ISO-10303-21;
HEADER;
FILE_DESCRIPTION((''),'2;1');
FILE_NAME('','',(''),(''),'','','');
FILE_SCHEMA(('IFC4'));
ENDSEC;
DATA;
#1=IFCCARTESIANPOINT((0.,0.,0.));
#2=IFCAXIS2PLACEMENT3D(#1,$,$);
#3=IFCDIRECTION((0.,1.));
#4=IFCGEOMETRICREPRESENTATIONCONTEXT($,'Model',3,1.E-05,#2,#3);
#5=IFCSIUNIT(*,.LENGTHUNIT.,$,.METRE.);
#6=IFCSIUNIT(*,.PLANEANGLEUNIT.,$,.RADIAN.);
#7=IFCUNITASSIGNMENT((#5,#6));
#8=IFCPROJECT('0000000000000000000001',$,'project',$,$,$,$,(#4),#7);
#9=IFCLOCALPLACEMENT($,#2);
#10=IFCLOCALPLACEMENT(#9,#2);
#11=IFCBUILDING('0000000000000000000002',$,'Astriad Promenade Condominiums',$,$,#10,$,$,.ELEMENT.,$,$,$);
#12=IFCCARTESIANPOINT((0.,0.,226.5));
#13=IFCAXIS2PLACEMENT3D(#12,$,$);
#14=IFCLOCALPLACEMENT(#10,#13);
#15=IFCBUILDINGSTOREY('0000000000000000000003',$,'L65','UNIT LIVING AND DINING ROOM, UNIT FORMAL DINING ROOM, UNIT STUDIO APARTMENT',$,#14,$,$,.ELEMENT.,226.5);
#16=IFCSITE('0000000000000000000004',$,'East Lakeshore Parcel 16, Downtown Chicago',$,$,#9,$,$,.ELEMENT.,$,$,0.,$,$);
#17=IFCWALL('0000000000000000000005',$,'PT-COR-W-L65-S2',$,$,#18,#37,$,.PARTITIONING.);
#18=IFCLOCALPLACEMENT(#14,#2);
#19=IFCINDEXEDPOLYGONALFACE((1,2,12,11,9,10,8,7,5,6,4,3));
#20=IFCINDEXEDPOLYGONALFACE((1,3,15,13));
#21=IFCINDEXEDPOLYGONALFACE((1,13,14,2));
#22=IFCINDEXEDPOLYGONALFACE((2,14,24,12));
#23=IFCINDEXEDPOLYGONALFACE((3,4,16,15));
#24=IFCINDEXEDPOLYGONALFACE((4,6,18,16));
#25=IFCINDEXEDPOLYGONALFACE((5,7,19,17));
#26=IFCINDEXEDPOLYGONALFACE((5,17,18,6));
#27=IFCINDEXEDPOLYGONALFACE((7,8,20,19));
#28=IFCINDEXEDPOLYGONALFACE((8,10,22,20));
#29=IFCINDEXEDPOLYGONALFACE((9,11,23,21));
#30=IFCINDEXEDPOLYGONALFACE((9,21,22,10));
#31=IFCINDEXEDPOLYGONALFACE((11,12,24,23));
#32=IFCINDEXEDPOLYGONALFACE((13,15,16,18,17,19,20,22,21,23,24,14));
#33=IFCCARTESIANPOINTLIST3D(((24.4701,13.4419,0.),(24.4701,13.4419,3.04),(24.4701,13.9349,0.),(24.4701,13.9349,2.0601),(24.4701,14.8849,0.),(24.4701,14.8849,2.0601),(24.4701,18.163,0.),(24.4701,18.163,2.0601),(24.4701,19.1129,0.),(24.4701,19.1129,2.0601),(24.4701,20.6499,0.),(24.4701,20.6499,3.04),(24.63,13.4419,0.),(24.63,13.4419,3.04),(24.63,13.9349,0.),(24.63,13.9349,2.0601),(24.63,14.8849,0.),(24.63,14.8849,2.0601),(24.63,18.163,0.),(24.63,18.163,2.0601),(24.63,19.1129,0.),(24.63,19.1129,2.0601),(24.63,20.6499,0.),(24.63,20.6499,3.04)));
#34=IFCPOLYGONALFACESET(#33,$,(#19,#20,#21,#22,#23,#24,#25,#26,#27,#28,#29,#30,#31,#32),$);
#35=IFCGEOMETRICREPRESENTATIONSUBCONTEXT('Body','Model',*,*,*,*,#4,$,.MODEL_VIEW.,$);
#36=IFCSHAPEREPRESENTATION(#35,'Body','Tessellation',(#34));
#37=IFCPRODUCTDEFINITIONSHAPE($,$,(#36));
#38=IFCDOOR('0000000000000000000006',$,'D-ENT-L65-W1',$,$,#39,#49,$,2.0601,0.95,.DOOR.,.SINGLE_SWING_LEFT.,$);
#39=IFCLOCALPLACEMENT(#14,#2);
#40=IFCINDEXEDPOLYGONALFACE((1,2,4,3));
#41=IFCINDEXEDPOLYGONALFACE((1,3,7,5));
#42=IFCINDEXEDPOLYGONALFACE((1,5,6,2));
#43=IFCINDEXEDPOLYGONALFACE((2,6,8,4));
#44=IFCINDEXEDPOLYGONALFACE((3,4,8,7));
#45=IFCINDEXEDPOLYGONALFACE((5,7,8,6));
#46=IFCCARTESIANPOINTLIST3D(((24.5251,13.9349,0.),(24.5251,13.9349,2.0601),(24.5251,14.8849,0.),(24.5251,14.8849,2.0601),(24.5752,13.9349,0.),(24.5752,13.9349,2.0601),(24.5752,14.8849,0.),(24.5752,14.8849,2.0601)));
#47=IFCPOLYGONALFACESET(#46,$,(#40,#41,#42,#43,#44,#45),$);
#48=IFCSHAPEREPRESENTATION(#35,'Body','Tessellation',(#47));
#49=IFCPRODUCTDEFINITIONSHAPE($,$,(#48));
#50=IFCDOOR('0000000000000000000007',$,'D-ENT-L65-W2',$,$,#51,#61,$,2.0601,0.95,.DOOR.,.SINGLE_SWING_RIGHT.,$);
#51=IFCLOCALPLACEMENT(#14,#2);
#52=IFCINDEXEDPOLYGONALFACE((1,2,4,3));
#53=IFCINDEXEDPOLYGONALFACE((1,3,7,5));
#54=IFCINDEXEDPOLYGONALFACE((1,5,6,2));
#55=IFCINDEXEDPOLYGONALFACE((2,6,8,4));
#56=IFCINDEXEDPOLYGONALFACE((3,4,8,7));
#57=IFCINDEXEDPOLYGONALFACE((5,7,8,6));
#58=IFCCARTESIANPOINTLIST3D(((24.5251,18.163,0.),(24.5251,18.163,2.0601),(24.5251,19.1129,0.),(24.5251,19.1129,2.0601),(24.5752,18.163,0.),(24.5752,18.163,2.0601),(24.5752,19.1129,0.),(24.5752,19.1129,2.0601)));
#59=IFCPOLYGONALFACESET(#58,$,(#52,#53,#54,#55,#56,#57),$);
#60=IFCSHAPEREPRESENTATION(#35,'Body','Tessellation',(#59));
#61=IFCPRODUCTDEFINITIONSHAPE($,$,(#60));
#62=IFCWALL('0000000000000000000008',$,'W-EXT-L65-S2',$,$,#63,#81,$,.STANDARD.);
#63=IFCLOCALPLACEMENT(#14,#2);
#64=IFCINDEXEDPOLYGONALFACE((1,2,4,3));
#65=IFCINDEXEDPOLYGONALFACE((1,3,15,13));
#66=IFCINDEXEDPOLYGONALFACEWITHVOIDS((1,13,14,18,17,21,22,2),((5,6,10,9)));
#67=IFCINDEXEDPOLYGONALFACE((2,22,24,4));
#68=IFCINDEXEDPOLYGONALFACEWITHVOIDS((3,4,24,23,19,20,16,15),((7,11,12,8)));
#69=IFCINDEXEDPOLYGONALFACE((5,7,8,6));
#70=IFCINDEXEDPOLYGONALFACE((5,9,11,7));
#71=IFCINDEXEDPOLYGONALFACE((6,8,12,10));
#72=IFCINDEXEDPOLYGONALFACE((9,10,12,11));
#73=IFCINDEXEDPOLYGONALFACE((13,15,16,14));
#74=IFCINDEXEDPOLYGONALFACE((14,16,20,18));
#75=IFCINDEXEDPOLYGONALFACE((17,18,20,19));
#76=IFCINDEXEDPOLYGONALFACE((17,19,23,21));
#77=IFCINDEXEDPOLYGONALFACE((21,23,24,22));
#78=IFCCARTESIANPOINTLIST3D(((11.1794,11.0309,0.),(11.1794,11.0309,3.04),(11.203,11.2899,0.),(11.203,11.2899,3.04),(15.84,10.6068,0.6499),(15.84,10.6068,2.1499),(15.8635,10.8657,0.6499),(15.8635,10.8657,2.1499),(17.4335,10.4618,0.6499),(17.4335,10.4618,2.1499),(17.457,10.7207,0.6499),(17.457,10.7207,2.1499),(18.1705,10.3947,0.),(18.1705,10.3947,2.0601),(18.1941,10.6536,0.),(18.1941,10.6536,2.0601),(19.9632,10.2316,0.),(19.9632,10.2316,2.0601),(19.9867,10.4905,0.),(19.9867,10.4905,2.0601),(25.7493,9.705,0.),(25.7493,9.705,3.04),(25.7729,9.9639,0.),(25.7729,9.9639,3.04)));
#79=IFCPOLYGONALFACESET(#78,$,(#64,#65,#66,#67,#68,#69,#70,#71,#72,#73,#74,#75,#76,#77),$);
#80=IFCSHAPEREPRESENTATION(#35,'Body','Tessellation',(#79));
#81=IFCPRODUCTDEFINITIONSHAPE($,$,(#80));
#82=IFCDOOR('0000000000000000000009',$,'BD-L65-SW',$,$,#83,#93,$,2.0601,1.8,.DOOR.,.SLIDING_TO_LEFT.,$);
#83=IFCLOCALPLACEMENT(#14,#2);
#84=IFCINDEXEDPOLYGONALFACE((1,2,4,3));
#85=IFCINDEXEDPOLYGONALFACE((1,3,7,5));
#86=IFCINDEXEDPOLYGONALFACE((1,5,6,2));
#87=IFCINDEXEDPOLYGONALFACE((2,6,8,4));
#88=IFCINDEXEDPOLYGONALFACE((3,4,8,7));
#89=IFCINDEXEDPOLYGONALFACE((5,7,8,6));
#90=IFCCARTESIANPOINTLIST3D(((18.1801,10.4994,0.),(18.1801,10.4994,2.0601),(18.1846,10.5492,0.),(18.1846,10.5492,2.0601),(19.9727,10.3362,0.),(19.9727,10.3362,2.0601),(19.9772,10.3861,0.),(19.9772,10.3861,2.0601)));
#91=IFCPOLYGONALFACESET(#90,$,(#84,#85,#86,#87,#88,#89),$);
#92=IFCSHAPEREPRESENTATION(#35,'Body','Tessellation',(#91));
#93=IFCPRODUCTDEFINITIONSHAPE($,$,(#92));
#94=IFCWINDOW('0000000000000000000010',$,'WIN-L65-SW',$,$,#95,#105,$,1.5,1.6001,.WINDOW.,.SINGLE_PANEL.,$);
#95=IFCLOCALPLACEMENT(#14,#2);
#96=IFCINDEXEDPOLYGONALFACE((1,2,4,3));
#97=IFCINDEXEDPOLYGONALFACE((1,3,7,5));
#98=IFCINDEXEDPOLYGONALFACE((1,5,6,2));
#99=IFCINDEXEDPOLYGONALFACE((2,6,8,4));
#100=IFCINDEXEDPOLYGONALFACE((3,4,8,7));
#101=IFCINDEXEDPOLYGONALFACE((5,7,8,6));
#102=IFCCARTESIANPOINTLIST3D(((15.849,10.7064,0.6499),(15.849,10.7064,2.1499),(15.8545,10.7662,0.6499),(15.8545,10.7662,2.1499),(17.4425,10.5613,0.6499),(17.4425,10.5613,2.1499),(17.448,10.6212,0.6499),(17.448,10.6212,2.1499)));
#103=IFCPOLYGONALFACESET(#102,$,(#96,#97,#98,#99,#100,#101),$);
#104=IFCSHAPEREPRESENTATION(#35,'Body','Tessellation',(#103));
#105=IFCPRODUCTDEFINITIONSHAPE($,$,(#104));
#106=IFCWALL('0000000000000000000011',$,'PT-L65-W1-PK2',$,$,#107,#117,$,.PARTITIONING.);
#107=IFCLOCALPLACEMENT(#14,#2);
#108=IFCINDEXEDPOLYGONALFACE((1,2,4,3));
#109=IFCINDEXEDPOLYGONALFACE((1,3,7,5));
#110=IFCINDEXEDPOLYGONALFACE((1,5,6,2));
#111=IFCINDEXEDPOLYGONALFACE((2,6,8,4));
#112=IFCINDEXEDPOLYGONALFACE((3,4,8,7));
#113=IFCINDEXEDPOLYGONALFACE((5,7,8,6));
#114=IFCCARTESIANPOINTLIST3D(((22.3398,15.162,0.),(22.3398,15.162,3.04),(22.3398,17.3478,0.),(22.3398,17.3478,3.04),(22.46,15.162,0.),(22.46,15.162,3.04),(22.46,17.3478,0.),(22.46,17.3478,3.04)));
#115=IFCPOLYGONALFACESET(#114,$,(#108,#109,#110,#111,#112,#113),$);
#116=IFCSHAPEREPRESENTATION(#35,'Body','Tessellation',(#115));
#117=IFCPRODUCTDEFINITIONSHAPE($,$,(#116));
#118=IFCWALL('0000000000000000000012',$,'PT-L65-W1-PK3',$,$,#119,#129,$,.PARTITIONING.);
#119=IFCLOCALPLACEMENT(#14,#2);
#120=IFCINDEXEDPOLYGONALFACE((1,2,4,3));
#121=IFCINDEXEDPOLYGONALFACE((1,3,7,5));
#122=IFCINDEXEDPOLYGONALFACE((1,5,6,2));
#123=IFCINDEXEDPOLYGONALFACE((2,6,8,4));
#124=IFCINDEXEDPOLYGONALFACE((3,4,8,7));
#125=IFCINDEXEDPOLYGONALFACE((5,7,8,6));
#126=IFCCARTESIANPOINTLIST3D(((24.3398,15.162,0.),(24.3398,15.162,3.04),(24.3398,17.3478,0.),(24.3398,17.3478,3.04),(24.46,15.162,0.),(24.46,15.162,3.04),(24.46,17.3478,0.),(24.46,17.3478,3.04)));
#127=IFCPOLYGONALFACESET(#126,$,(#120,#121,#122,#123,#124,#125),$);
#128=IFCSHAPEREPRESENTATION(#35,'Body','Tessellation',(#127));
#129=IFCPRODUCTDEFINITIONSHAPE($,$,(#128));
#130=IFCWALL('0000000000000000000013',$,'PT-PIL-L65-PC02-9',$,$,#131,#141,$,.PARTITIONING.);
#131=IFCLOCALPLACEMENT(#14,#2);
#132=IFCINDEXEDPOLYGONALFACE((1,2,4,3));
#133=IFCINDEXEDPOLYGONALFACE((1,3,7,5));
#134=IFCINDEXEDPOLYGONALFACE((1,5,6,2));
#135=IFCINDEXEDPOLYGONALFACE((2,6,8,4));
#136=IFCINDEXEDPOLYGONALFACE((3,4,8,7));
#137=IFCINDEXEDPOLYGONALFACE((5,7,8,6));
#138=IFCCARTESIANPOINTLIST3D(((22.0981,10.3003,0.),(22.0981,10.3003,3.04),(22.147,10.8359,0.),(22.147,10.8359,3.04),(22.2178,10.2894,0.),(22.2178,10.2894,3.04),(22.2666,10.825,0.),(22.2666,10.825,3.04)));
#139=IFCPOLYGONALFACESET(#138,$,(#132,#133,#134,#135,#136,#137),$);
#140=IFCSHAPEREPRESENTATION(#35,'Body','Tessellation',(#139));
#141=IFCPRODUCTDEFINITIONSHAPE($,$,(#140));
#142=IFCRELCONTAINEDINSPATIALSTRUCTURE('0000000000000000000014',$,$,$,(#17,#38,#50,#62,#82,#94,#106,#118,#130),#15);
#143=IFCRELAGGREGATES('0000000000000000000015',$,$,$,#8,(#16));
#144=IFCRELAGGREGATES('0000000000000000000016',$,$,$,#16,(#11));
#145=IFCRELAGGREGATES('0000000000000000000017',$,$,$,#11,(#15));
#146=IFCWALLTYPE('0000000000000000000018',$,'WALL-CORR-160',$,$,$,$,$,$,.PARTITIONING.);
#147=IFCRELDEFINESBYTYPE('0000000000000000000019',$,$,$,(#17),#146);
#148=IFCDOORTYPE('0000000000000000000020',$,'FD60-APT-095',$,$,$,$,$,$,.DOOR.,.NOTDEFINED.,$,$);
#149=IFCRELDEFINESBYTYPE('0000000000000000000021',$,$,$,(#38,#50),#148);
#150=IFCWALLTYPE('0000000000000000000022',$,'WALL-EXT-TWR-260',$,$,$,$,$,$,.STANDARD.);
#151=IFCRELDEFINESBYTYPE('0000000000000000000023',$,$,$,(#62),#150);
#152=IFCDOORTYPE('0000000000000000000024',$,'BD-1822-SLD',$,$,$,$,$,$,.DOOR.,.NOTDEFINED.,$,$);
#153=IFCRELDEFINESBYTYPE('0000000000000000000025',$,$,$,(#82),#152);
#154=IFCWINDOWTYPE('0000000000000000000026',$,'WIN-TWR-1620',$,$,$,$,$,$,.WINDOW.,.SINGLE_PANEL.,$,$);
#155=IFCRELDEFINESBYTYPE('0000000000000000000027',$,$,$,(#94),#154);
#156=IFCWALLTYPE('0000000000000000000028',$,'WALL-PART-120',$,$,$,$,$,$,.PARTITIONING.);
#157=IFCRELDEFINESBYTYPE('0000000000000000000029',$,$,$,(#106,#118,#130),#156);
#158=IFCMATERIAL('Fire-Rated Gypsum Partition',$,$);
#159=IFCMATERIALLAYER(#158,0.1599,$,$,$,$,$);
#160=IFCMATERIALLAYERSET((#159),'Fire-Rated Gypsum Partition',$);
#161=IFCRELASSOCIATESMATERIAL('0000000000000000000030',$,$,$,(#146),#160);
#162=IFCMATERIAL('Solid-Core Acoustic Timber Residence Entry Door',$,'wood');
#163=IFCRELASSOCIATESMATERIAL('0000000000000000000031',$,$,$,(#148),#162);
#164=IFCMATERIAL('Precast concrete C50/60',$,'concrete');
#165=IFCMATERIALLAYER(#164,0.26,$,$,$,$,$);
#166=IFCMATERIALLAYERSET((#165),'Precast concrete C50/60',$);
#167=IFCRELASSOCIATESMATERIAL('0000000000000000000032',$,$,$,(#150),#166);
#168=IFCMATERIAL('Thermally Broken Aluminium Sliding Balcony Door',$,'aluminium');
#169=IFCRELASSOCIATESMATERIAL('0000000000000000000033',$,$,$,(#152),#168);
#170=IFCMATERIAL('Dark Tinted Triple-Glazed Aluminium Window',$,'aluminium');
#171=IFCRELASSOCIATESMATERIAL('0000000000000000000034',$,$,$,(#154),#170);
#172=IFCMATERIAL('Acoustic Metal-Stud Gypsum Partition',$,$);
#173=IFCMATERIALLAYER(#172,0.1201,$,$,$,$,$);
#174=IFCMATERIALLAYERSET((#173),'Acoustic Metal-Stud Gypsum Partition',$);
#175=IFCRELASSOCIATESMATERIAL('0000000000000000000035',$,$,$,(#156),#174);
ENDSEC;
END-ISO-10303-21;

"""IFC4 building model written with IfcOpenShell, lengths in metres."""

from ifc_helpers import new_model, si_unit, direction, frame, frame_2d, origin, place, context, subcontext, project, spatial, rectangle, extrude, source, transform, mapped, material, layer, layer_set, type_object, type_shapes, element, fill, save


model = new_model("IFC4")

# Units and contexts
model_context = context("Model", 3, precision=1e-05, world=origin(), true_north=direction((0.0, 1.0)))
body_context = subcontext(model_context, "Body", "Model", "MODEL_VIEW")
ifc_project = project(units=[si_unit("LENGTHUNIT", "METRE"), si_unit("PLANEANGLEUNIT", "RADIAN")], contexts=[model_context])

# Site, building, storey
site_placement = place(None, origin())
site = spatial("IfcSite", under=ifc_project, at=site_placement, Name="East Lakeshore Parcel 16, Downtown Chicago", CompositionType="ELEMENT", RefElevation=0.0)
building_placement = place(site_placement, origin())
building = spatial("IfcBuilding", under=site, at=building_placement, Name="Astriad Promenade Condominiums", CompositionType="ELEMENT")
storey_placement = place(building_placement, frame((0.0, 0.0, 226.5)))
storey = spatial("IfcBuildingStorey", under=building, at=storey_placement, Name="L65", Description="UNIT LIVING AND DINING ROOM, UNIT FORMAL DINING ROOM, UNIT STUDIO APARTMENT", CompositionType="ELEMENT", Elevation=226.5)

# Shared definitions
ifc_material_1 = material(Name="Fire-Rated Gypsum Partition")
ifc_layer_1 = layer(ifc_material_1, 0.1599)
ifc_layer_set_1 = layer_set([ifc_layer_1], Name="Fire-Rated Gypsum Partition")
wall_type_1 = type_object("IfcWallType", Name="WALL-CORR-160", PredefinedType="PARTITIONING", material=ifc_layer_set_1)
ifc_material_2 = material(Name="Solid-Core Acoustic Timber Residence Entry Door", Category="wood")
door_type_1 = type_object("IfcDoorType", Name="FD60-APT-095", OperationType="NOTDEFINED", PredefinedType="DOOR", material=ifc_material_2)
shared_shape_1 = source(origin(), body_context, "Body", "SweptSolid", [
    extrude(rectangle(XDim=0.95, YDim=2.0601, at=frame_2d((0.4751, 1.03))), frame((0.0, 0.0249, 0.0), z_axis=(0.0, -1.0, 0.0), x_axis=(1.0, 0.0, 0.0)), (0.0, 0.0, 1.0), 0.05),
])
type_shapes(door_type_1, [shared_shape_1])

# Wall, openings, doors
wall_1_placement = place(storey_placement, frame((24.55, 13.4419, 0.0), z_axis=(0.0, 0.0, 1.0), x_axis=(0.0, 1.0, 0.0)))
wall_1 = element("IfcWall", 1, at=wall_1_placement, inside=storey, type_object=wall_type_1, Name="PT-COR-W-L65-S2", PredefinedType="PARTITIONING", context=body_context, shape_type="SweptSolid", body=[
    extrude(rectangle(XDim=7.208, YDim=0.1599, at=frame_2d((3.604, 0.0))), origin(), (0.0, 0.0, 1.0), 3.04),
])
opening_1_placement = place(wall_1_placement, frame((0.4929, 0.0, 0.0)))
opening_1 = element("IfcOpeningElement", 2, at=opening_1_placement, cuts=wall_1, PredefinedType="OPENING", context=body_context, shape_type="SweptSolid", body=[
    extrude(rectangle(XDim=0.95, YDim=2.0601, at=frame_2d((0.4751, 1.03))), frame((0.0, 0.0898, 0.0), z_axis=(0.0, -1.0, 0.0), x_axis=(1.0, 0.0, 0.0)), (0.0, 0.0, 1.0), 0.1799),
])
opening_2_placement = place(wall_1_placement, frame((4.7209, 0.0, 0.0)))
opening_2 = element("IfcOpeningElement", 3, at=opening_2_placement, cuts=wall_1, PredefinedType="OPENING", context=body_context, shape_type="SweptSolid", body=[
    extrude(rectangle(XDim=0.95, YDim=2.0601, at=frame_2d((0.4751, 1.03))), frame((0.0, 0.0898, 0.0), z_axis=(0.0, -1.0, 0.0), x_axis=(1.0, 0.0, 0.0)), (0.0, 0.0, 1.0), 0.1799),
])
door_1_placement = place(opening_1_placement, origin())
door_1 = element("IfcDoor", 4, at=door_1_placement, inside=storey, type_object=door_type_1, Name="D-ENT-L65-W1", OperationType="SINGLE_SWING_LEFT", OverallHeight=2.0601, OverallWidth=0.95, PredefinedType="DOOR", context=body_context, shape_type="MappedRepresentation", body=[
    mapped(shared_shape_1, transform((0.0, 0.0, 0.0), scale=1.0)),
])
fill(opening_1, door_1)
door_2_placement = place(opening_2_placement, origin())
door_2 = element("IfcDoor", 5, at=door_2_placement, inside=storey, type_object=door_type_1, Name="D-ENT-L65-W2", OperationType="SINGLE_SWING_RIGHT", OverallHeight=2.0601, OverallWidth=0.95, PredefinedType="DOOR", context=body_context, shape_type="MappedRepresentation", body=[
    mapped(shared_shape_1, transform((0.0, 0.0, 0.0), scale=1.0)),
])
fill(opening_2, door_2)

# Wall, openings, door, window
ifc_material_3 = material(Name="Precast concrete C50/60", Category="concrete")
ifc_layer_2 = layer(ifc_material_3, 0.26)
ifc_layer_set_2 = layer_set([ifc_layer_2], Name="Precast concrete C50/60")
wall_type_2 = type_object("IfcWallType", Name="WALL-EXT-TWR-260", PredefinedType="STANDARD", material=ifc_layer_set_2)
wall_2_placement = place(storey_placement, frame((25.761, 9.8345, 0.0), z_axis=(0.0, 0.0, 1.0), x_axis=(-0.995885, 0.090631, 0.0)))
wall_2 = element("IfcWall", 6, at=wall_2_placement, inside=storey, type_object=wall_type_2, Name="W-EXT-L65-S2", PredefinedType="STANDARD", context=body_context, shape_type="SweptSolid", body=[
    extrude(rectangle(XDim=14.6301, YDim=0.26, at=frame_2d((7.3149, 0.0))), origin(), (0.0, 0.0, 1.0), 3.04),
])
opening_3_placement = place(wall_2_placement, frame((5.8101, 0.0, 0.0)))
opening_3 = element("IfcOpeningElement", 7, at=opening_3_placement, cuts=wall_2, PredefinedType="OPENING", context=body_context, shape_type="SweptSolid", body=[
    extrude(rectangle(XDim=1.8, YDim=2.0601, at=frame_2d((0.8999, 1.03))), frame((0.0, 0.1399, 0.0), z_axis=(0.0, -1.0, 0.0), x_axis=(1.0, 0.0, 0.0)), (0.0, 0.0, 1.0), 0.28),
])
opening_4_placement = place(wall_2_placement, frame((8.3501, 0.0, 0.6499)))
opening_4 = element("IfcOpeningElement", 8, at=opening_4_placement, cuts=wall_2, PredefinedType="OPENING", context=body_context, shape_type="SweptSolid", body=[
    extrude(rectangle(XDim=1.6001, YDim=1.5, at=frame_2d((0.8, 0.75))), frame((0.0, 0.1399, 0.0), z_axis=(0.0, -1.0, 0.0), x_axis=(1.0, 0.0, 0.0)), (0.0, 0.0, 1.0), 0.28),
])
ifc_material_4 = material(Name="Thermally Broken Aluminium Sliding Balcony Door", Category="aluminium")
door_type_2 = type_object("IfcDoorType", Name="BD-1822-SLD", OperationType="NOTDEFINED", PredefinedType="DOOR", material=ifc_material_4)
shared_shape_2 = source(origin(), body_context, "Body", "SweptSolid", [
    extrude(rectangle(XDim=1.8, YDim=2.0601, at=frame_2d((0.8999, 1.03))), frame((0.0, 0.0249, 0.0), z_axis=(0.0, -1.0, 0.0), x_axis=(1.0, 0.0, 0.0)), (0.0, 0.0, 1.0), 0.05),
])
type_shapes(door_type_2, [shared_shape_2])
door_3_placement = place(opening_3_placement, origin())
door_3 = element("IfcDoor", 9, at=door_3_placement, inside=storey, type_object=door_type_2, Name="BD-L65-SW", OperationType="SLIDING_TO_LEFT", OverallHeight=2.0601, OverallWidth=1.8, PredefinedType="DOOR", context=body_context, shape_type="MappedRepresentation", body=[
    mapped(shared_shape_2, transform((0.0, 0.0, 0.0), scale=1.0)),
])
fill(opening_3, door_3)
ifc_material_5 = material(Name="Dark Tinted Triple-Glazed Aluminium Window", Category="aluminium")
window_type = type_object("IfcWindowType", Name="WIN-TWR-1620", PartitioningType="SINGLE_PANEL", PredefinedType="WINDOW", material=ifc_material_5)
shared_shape_3 = source(origin(), body_context, "Body", "SweptSolid", [
    extrude(rectangle(XDim=1.6001, YDim=1.5, at=frame_2d((0.8, 0.75))), frame((0.0, 0.03, 0.0), z_axis=(0.0, -1.0, 0.0), x_axis=(1.0, 0.0, 0.0)), (0.0, 0.0, 1.0), 0.0601),
])
type_shapes(window_type, [shared_shape_3])
window_placement = place(opening_4_placement, origin())
window = element("IfcWindow", 10, at=window_placement, inside=storey, type_object=window_type, Name="WIN-L65-SW", OverallHeight=1.5, OverallWidth=1.6001, PartitioningType="SINGLE_PANEL", PredefinedType="WINDOW", context=body_context, shape_type="MappedRepresentation", body=[
    mapped(shared_shape_3, transform((0.0, 0.0, 0.0), scale=1.0)),
])
fill(opening_4, window)

# Walls
ifc_material_6 = material(Name="Acoustic Metal-Stud Gypsum Partition")
ifc_layer_3 = layer(ifc_material_6, 0.1201)
ifc_layer_set_3 = layer_set([ifc_layer_3], Name="Acoustic Metal-Stud Gypsum Partition")
wall_type_3 = type_object("IfcWallType", Name="WALL-PART-120", PredefinedType="PARTITIONING", material=ifc_layer_set_3)
for number, where, z_axis, x_axis, name in (
    (11, (22.3999, 15.1621, 0.0), (0.0, 0.0, 1.0), (0.0, 1.0, 0.0), "PT-L65-W1-PK2"),
    (12, (24.3999, 15.1621, 0.0), (0.0, 0.0, 1.0), (0.0, 1.0, 0.0), "PT-L65-W1-PK3"),
):
    element("IfcWall", number, at=place(storey_placement, frame(where, z_axis=z_axis, x_axis=x_axis)), inside=storey, type_object=wall_type_3, Name=name, PredefinedType="PARTITIONING", context=body_context, shape_type="SweptSolid", body=[
        extrude(rectangle(XDim=2.1858, YDim=0.1201, at=frame_2d((1.0928, 0.0))), origin(), (0.0, 0.0, 1.0), 3.04),
    ])
wall_3_placement = place(storey_placement, frame((22.2068, 10.8306, 0.0), z_axis=(0.0, 0.0, 1.0), x_axis=(-0.090781, -0.995871, 0.0)))
element("IfcWall", 13, at=wall_3_placement, inside=storey, type_object=wall_type_3, Name="PT-PIL-L65-PC02-9", PredefinedType="PARTITIONING", context=body_context, shape_type="SweptSolid", body=[
    extrude(rectangle(XDim=0.5378, YDim=0.1201, at=frame_2d((0.269, 0.0))), origin(), (0.0, 0.0, 1.0), 3.04),
])

save(model, "model.ifc")
